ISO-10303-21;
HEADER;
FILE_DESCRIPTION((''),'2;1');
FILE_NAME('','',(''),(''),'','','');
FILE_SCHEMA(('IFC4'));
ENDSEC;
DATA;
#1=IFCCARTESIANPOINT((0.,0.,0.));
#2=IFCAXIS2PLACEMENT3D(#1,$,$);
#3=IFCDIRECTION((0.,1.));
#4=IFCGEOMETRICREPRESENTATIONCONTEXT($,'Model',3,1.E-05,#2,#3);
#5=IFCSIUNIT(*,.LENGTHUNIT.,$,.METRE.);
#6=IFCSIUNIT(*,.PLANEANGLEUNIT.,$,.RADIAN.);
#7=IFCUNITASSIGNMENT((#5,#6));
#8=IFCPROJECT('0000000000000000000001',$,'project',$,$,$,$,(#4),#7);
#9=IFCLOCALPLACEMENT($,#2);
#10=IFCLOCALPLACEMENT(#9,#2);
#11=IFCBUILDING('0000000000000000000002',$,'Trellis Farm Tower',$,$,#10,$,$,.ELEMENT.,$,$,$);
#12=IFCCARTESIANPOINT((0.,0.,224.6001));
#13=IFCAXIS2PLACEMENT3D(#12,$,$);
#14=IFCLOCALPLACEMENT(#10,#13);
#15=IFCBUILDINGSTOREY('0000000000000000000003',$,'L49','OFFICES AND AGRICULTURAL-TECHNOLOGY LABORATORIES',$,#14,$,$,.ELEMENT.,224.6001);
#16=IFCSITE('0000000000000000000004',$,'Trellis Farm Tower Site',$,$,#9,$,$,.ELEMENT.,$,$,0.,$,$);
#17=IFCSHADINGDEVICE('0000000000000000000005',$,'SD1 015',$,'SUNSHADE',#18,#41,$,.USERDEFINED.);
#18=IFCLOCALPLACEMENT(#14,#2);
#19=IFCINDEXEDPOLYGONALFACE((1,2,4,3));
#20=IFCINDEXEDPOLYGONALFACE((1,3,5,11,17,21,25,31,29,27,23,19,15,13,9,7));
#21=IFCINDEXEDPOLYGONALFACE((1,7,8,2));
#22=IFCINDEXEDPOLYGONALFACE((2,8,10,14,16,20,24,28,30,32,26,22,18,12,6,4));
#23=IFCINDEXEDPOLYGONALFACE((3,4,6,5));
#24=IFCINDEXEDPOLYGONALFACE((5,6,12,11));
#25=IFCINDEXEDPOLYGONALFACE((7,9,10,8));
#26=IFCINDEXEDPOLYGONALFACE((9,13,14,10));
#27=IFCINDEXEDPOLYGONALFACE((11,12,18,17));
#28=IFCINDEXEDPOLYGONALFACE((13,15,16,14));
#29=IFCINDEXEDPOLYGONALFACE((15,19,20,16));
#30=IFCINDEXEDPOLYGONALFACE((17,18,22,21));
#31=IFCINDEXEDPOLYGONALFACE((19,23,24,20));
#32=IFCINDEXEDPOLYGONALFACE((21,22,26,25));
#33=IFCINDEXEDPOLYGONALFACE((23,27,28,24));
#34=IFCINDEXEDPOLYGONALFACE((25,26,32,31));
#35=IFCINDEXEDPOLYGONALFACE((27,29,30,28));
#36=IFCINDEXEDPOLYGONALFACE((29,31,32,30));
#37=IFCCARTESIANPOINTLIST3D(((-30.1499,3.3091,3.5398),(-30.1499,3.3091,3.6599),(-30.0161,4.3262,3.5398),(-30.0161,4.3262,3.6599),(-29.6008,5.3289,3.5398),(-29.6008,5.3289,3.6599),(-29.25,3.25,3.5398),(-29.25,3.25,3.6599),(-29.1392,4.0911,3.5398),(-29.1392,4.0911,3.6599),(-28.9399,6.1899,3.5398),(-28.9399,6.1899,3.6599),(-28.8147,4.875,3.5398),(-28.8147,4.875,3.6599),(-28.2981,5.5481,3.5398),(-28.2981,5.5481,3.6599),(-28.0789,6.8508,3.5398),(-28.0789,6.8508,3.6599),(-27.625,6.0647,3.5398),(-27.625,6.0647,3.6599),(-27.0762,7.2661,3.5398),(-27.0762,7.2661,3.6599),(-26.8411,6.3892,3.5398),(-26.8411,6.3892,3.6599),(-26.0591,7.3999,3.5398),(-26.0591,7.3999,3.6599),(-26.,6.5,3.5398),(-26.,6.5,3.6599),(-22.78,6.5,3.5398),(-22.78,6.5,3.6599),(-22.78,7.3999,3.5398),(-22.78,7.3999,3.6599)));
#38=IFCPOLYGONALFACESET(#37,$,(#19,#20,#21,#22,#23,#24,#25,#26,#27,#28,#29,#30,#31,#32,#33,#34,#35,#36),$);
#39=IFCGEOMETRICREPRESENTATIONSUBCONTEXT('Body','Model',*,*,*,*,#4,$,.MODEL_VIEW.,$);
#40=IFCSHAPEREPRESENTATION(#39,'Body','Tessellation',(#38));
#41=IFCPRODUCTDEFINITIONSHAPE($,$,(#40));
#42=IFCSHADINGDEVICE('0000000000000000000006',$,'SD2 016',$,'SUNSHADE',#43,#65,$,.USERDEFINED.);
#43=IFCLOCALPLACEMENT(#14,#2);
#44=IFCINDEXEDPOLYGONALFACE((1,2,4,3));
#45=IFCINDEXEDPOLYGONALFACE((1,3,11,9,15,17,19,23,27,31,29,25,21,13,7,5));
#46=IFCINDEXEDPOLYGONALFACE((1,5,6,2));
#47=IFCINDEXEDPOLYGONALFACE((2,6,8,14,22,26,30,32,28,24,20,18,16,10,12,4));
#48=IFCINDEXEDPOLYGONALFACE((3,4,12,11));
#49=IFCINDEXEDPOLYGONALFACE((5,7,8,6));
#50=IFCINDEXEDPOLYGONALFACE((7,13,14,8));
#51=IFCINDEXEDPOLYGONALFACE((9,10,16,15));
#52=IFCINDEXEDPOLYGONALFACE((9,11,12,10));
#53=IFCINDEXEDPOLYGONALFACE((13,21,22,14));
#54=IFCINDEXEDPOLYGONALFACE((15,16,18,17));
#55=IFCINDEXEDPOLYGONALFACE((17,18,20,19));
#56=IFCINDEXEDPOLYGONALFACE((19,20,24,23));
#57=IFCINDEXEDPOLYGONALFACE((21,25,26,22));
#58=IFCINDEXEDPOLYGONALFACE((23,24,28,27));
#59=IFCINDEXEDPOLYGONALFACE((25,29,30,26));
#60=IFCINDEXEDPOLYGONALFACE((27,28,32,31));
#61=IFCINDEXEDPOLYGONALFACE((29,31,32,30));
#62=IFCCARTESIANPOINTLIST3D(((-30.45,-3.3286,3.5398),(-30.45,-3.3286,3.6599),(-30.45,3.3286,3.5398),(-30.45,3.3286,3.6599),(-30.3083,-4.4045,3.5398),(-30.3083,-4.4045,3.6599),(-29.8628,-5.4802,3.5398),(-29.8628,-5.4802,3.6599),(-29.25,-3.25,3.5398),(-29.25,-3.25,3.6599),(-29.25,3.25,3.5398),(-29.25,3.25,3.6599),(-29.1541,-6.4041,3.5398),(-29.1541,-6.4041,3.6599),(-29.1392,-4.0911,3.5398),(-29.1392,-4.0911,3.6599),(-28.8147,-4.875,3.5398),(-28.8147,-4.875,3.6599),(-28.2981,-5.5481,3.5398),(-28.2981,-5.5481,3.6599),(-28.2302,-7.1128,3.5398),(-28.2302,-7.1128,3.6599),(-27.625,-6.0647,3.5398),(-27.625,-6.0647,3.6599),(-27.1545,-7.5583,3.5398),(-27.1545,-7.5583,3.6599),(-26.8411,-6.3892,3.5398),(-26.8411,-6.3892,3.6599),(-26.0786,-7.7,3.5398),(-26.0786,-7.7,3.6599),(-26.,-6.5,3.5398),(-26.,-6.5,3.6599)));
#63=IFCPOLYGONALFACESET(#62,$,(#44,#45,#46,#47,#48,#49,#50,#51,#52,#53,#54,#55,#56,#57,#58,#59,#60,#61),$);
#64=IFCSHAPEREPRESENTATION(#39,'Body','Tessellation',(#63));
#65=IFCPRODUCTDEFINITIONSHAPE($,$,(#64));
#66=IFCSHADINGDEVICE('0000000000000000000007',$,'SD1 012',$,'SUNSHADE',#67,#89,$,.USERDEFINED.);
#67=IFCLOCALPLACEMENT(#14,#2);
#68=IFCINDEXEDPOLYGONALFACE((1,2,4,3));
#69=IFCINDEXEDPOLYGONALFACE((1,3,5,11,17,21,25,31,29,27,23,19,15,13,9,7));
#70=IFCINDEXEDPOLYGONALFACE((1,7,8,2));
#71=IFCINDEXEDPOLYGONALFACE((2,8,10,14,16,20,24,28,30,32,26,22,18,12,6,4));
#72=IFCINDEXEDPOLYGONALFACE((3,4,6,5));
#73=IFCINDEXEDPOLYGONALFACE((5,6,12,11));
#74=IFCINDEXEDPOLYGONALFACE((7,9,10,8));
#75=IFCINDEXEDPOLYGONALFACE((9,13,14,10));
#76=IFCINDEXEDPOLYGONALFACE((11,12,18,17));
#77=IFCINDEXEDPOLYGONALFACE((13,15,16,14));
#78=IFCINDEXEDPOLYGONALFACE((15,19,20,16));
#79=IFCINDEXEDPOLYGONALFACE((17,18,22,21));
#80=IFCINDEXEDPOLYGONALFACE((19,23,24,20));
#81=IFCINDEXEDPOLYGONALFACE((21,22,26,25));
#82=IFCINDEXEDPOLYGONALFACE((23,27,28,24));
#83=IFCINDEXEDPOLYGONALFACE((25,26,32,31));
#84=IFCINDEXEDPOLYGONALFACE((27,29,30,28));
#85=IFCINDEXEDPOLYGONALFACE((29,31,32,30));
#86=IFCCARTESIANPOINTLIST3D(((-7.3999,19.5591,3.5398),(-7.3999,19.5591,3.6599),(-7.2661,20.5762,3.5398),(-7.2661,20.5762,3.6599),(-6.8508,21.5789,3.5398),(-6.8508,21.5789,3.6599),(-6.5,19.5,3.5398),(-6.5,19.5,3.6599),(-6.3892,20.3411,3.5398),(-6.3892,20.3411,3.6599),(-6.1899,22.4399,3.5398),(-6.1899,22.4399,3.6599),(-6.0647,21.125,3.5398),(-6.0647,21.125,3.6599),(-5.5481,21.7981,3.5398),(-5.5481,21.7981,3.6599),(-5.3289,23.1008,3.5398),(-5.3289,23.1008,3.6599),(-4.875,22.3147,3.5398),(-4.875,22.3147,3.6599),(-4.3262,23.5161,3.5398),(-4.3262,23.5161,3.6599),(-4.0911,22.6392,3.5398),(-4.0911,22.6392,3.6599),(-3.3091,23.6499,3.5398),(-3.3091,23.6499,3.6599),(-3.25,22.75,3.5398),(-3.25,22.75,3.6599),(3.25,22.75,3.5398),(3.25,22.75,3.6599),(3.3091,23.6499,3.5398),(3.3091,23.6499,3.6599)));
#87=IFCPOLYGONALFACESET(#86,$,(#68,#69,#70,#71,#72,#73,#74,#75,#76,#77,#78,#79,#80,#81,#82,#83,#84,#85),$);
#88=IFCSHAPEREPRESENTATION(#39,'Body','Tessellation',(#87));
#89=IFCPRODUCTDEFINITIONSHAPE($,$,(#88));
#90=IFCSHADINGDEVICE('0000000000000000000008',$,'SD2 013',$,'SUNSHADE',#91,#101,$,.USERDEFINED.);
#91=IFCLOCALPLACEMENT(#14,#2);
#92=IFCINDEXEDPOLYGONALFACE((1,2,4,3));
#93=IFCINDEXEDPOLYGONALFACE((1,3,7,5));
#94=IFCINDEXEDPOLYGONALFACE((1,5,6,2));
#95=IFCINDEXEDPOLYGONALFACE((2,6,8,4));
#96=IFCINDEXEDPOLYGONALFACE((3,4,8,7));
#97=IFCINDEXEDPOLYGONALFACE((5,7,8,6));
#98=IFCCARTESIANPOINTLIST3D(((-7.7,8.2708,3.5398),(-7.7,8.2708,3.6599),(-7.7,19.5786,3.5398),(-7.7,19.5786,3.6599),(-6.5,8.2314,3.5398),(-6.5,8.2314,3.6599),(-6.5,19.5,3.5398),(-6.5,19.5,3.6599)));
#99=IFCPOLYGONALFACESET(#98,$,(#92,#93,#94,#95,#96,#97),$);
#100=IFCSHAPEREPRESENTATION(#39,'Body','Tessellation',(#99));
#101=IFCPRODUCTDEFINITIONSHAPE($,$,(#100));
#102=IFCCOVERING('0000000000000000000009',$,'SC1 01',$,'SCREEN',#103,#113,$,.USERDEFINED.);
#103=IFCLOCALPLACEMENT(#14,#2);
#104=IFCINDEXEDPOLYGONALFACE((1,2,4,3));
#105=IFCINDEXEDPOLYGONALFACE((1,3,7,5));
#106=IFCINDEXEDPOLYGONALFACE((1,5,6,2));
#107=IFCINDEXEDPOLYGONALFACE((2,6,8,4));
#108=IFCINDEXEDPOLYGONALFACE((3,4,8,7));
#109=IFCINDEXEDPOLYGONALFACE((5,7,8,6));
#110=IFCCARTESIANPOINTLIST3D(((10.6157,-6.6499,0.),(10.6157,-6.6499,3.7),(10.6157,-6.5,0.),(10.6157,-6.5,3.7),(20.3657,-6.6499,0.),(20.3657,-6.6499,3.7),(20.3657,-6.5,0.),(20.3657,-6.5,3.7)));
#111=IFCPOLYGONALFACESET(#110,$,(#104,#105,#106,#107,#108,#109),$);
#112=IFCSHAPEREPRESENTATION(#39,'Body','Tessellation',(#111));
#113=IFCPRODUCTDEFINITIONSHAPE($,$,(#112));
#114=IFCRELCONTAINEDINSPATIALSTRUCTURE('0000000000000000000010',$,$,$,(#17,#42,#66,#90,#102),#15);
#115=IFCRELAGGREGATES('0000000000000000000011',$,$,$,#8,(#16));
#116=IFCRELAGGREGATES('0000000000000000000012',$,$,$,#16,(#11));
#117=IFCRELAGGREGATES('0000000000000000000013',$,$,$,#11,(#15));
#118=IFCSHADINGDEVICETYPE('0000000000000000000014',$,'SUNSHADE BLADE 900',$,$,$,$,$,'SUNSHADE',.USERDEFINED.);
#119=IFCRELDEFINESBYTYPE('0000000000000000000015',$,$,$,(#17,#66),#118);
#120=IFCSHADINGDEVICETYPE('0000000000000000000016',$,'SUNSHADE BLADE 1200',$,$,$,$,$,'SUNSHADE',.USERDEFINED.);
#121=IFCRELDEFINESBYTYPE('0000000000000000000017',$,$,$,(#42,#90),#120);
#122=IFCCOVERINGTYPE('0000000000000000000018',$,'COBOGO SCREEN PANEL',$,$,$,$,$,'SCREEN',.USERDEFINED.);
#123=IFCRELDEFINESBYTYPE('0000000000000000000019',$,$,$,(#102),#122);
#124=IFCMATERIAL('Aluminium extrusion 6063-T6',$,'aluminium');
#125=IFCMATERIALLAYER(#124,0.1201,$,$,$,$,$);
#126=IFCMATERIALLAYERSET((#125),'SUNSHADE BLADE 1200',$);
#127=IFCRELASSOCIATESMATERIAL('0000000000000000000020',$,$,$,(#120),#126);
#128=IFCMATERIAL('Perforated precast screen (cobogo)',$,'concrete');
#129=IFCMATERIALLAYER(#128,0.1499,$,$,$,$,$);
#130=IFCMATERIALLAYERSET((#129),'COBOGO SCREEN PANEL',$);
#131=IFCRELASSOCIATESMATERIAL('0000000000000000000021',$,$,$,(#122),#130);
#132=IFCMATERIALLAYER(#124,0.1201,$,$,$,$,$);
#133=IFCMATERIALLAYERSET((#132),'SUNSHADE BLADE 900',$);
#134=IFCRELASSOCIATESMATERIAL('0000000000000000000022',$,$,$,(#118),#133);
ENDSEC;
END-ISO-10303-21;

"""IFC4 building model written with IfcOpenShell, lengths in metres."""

from ifc_helpers import new_model, si_unit, direction, frame, origin, place, context, subcontext, project, spatial, polyline, outline, extrude, source, transform, mapped, material, layer, layer_set, type_object, element, save


model = new_model("IFC4")

# Units and contexts
model_context = context("Model", 3, precision=1e-05, world=origin(), true_north=direction((0.0, 1.0)))
body_context = subcontext(model_context, "Body", "Model", "MODEL_VIEW")
ifc_project = project(units=[si_unit("LENGTHUNIT", "METRE"), si_unit("PLANEANGLEUNIT", "RADIAN")], contexts=[model_context])

# Site, building, storey
site_placement = place(None, origin())
site = spatial("IfcSite", under=ifc_project, at=site_placement, Name="Trellis Farm Tower Site", CompositionType="ELEMENT", RefElevation=0.0)
building_placement = place(site_placement, origin())
building = spatial("IfcBuilding", under=site, at=building_placement, Name="Trellis Farm Tower", CompositionType="ELEMENT")
storey_placement = place(building_placement, frame((0.0, 0.0, 224.6001)))
storey = spatial("IfcBuildingStorey", under=building, at=storey_placement, Name="L49", Description="OFFICES AND AGRICULTURAL-TECHNOLOGY LABORATORIES", CompositionType="ELEMENT", Elevation=224.6001)

# Shared definitions
placement_1 = place(storey_placement, origin())
ifc_material_1 = material(Name="Aluminium extrusion 6063-T6", Category="aluminium")

# Shared definitions
ifc_layer_1 = layer(ifc_material_1, 0.1201)
ifc_layer_set_1 = layer_set([ifc_layer_1], Name="SUNSHADE BLADE 1200")
shading_device_type_1 = type_object("IfcShadingDeviceType", Name="SUNSHADE BLADE 1200", ElementType="SUNSHADE", PredefinedType="USERDEFINED", material=ifc_layer_set_1)
placement_2 = place(storey_placement, frame((0.0, 0.0, 3.5398)))

# Shared definitions
ifc_material_2 = material(Name="Perforated precast screen (cobogo)", Category="concrete")
ifc_layer_2 = layer(ifc_material_2, 0.1499)
ifc_layer_set_2 = layer_set([ifc_layer_2], Name="COBOGO SCREEN PANEL")
covering_type = type_object("IfcCoveringType", Name="COBOGO SCREEN PANEL", ElementType="SCREEN", PredefinedType="USERDEFINED", material=ifc_layer_set_2)

# Shading devices
ifc_layer_3 = layer(ifc_material_1, 0.1201)
ifc_layer_set_3 = layer_set([ifc_layer_3], Name="SUNSHADE BLADE 900")
shading_device_type_2 = type_object("IfcShadingDeviceType", Name="SUNSHADE BLADE 900", ElementType="SUNSHADE", PredefinedType="USERDEFINED", material=ifc_layer_set_3)
shared_shape_1 = source(origin(), body_context, "Body", "SweptSolid", [
    extrude(outline(polyline([(-22.78, 7.3999), (-26.0591, 7.3999), (-27.0762, 7.2661), (-28.0789, 6.8508), (-28.9399, 6.1899), (-29.6008, 5.3289), (-30.0161, 4.3262), (-30.1499, 3.3091), (-29.25, 3.25), (-29.1392, 4.0911), (-28.8147, 4.875), (-28.2981, 5.5481), (-27.625, 6.0647), (-26.8411, 6.3892), (-26.0, 6.5), (-22.78, 6.5), (-22.78, 7.3999)])), origin(), (0.0, 0.0, 1.0), 0.1201),
])
element("IfcShadingDevice", 1, at=placement_2, inside=storey, type_object=shading_device_type_2, Name="SD1 015", ObjectType="SUNSHADE", PredefinedType="USERDEFINED", context=body_context, shape_type="MappedRepresentation", body=[
    mapped(shared_shape_1, transform((0.0, 0.0, 0.0))),
])
shared_shape_2 = source(origin(), body_context, "Body", "SweptSolid", [
    extrude(outline(polyline([(-30.45, 3.3286), (-30.45, -3.3286), (-30.3083, -4.4045), (-29.8628, -5.4802), (-29.1541, -6.4041), (-28.2302, -7.1128), (-27.1545, -7.5583), (-26.0786, -7.7), (-26.0, -6.5), (-26.8411, -6.3892), (-27.625, -6.0647), (-28.2981, -5.5481), (-28.8147, -4.875), (-29.1392, -4.0911), (-29.25, -3.25), (-29.25, 3.25), (-30.45, 3.3286)])), origin(), (0.0, 0.0, 1.0), 0.1201),
])
element("IfcShadingDevice", 2, at=placement_2, inside=storey, type_object=shading_device_type_1, Name="SD2 016", ObjectType="SUNSHADE", PredefinedType="USERDEFINED", context=body_context, shape_type="MappedRepresentation", body=[
    mapped(shared_shape_2, transform((0.0, 0.0, 0.0))),
])
shared_shape_3 = source(origin(), body_context, "Body", "SweptSolid", [
    extrude(outline(polyline([(3.3091, 23.6499), (-3.3091, 23.6499), (-4.3262, 23.5161), (-5.3289, 23.1008), (-6.1899, 22.4399), (-6.8508, 21.5789), (-7.2661, 20.5762), (-7.3999, 19.5591), (-6.5, 19.5), (-6.3892, 20.3411), (-6.0647, 21.125), (-5.5481, 21.7981), (-4.875, 22.3147), (-4.0911, 22.6392), (-3.25, 22.75), (3.25, 22.75), (3.3091, 23.6499)])), origin(), (0.0, 0.0, 1.0), 0.1201),
])
element("IfcShadingDevice", 3, at=placement_2, inside=storey, type_object=shading_device_type_2, Name="SD1 012", ObjectType="SUNSHADE", PredefinedType="USERDEFINED", context=body_context, shape_type="MappedRepresentation", body=[
    mapped(shared_shape_3, transform((0.0, 0.0, 0.0))),
])
shared_shape_4 = source(origin(), body_context, "Body", "SweptSolid", [
    extrude(outline(polyline([(-7.7, 19.5786), (-7.7, 8.2708), (-6.5, 8.2314), (-6.5, 19.5), (-7.7, 19.5786)])), origin(), (0.0, 0.0, 1.0), 0.1201),
])
element("IfcShadingDevice", 4, at=placement_2, inside=storey, type_object=shading_device_type_1, Name="SD2 013", ObjectType="SUNSHADE", PredefinedType="USERDEFINED", context=body_context, shape_type="MappedRepresentation", body=[
    mapped(shared_shape_4, transform((0.0, 0.0, 0.0))),
])

# Covering
shared_shape_5 = source(origin(), body_context, "Body", "SweptSolid", [
    extrude(outline(polyline([(10.6157, -6.6499), (20.3657, -6.6499), (20.3657, -6.5), (10.6157, -6.5), (10.6157, -6.6499)])), origin(), (0.0, 0.0, 1.0), 3.7),
])
element("IfcCovering", 5, at=placement_1, inside=storey, type_object=covering_type, Name="SC1 01", ObjectType="SCREEN", PredefinedType="USERDEFINED", context=body_context, shape_type="MappedRepresentation", body=[
    mapped(shared_shape_5, transform((0.0, 0.0, 0.0))),
])

save(model, "model.ifc")
